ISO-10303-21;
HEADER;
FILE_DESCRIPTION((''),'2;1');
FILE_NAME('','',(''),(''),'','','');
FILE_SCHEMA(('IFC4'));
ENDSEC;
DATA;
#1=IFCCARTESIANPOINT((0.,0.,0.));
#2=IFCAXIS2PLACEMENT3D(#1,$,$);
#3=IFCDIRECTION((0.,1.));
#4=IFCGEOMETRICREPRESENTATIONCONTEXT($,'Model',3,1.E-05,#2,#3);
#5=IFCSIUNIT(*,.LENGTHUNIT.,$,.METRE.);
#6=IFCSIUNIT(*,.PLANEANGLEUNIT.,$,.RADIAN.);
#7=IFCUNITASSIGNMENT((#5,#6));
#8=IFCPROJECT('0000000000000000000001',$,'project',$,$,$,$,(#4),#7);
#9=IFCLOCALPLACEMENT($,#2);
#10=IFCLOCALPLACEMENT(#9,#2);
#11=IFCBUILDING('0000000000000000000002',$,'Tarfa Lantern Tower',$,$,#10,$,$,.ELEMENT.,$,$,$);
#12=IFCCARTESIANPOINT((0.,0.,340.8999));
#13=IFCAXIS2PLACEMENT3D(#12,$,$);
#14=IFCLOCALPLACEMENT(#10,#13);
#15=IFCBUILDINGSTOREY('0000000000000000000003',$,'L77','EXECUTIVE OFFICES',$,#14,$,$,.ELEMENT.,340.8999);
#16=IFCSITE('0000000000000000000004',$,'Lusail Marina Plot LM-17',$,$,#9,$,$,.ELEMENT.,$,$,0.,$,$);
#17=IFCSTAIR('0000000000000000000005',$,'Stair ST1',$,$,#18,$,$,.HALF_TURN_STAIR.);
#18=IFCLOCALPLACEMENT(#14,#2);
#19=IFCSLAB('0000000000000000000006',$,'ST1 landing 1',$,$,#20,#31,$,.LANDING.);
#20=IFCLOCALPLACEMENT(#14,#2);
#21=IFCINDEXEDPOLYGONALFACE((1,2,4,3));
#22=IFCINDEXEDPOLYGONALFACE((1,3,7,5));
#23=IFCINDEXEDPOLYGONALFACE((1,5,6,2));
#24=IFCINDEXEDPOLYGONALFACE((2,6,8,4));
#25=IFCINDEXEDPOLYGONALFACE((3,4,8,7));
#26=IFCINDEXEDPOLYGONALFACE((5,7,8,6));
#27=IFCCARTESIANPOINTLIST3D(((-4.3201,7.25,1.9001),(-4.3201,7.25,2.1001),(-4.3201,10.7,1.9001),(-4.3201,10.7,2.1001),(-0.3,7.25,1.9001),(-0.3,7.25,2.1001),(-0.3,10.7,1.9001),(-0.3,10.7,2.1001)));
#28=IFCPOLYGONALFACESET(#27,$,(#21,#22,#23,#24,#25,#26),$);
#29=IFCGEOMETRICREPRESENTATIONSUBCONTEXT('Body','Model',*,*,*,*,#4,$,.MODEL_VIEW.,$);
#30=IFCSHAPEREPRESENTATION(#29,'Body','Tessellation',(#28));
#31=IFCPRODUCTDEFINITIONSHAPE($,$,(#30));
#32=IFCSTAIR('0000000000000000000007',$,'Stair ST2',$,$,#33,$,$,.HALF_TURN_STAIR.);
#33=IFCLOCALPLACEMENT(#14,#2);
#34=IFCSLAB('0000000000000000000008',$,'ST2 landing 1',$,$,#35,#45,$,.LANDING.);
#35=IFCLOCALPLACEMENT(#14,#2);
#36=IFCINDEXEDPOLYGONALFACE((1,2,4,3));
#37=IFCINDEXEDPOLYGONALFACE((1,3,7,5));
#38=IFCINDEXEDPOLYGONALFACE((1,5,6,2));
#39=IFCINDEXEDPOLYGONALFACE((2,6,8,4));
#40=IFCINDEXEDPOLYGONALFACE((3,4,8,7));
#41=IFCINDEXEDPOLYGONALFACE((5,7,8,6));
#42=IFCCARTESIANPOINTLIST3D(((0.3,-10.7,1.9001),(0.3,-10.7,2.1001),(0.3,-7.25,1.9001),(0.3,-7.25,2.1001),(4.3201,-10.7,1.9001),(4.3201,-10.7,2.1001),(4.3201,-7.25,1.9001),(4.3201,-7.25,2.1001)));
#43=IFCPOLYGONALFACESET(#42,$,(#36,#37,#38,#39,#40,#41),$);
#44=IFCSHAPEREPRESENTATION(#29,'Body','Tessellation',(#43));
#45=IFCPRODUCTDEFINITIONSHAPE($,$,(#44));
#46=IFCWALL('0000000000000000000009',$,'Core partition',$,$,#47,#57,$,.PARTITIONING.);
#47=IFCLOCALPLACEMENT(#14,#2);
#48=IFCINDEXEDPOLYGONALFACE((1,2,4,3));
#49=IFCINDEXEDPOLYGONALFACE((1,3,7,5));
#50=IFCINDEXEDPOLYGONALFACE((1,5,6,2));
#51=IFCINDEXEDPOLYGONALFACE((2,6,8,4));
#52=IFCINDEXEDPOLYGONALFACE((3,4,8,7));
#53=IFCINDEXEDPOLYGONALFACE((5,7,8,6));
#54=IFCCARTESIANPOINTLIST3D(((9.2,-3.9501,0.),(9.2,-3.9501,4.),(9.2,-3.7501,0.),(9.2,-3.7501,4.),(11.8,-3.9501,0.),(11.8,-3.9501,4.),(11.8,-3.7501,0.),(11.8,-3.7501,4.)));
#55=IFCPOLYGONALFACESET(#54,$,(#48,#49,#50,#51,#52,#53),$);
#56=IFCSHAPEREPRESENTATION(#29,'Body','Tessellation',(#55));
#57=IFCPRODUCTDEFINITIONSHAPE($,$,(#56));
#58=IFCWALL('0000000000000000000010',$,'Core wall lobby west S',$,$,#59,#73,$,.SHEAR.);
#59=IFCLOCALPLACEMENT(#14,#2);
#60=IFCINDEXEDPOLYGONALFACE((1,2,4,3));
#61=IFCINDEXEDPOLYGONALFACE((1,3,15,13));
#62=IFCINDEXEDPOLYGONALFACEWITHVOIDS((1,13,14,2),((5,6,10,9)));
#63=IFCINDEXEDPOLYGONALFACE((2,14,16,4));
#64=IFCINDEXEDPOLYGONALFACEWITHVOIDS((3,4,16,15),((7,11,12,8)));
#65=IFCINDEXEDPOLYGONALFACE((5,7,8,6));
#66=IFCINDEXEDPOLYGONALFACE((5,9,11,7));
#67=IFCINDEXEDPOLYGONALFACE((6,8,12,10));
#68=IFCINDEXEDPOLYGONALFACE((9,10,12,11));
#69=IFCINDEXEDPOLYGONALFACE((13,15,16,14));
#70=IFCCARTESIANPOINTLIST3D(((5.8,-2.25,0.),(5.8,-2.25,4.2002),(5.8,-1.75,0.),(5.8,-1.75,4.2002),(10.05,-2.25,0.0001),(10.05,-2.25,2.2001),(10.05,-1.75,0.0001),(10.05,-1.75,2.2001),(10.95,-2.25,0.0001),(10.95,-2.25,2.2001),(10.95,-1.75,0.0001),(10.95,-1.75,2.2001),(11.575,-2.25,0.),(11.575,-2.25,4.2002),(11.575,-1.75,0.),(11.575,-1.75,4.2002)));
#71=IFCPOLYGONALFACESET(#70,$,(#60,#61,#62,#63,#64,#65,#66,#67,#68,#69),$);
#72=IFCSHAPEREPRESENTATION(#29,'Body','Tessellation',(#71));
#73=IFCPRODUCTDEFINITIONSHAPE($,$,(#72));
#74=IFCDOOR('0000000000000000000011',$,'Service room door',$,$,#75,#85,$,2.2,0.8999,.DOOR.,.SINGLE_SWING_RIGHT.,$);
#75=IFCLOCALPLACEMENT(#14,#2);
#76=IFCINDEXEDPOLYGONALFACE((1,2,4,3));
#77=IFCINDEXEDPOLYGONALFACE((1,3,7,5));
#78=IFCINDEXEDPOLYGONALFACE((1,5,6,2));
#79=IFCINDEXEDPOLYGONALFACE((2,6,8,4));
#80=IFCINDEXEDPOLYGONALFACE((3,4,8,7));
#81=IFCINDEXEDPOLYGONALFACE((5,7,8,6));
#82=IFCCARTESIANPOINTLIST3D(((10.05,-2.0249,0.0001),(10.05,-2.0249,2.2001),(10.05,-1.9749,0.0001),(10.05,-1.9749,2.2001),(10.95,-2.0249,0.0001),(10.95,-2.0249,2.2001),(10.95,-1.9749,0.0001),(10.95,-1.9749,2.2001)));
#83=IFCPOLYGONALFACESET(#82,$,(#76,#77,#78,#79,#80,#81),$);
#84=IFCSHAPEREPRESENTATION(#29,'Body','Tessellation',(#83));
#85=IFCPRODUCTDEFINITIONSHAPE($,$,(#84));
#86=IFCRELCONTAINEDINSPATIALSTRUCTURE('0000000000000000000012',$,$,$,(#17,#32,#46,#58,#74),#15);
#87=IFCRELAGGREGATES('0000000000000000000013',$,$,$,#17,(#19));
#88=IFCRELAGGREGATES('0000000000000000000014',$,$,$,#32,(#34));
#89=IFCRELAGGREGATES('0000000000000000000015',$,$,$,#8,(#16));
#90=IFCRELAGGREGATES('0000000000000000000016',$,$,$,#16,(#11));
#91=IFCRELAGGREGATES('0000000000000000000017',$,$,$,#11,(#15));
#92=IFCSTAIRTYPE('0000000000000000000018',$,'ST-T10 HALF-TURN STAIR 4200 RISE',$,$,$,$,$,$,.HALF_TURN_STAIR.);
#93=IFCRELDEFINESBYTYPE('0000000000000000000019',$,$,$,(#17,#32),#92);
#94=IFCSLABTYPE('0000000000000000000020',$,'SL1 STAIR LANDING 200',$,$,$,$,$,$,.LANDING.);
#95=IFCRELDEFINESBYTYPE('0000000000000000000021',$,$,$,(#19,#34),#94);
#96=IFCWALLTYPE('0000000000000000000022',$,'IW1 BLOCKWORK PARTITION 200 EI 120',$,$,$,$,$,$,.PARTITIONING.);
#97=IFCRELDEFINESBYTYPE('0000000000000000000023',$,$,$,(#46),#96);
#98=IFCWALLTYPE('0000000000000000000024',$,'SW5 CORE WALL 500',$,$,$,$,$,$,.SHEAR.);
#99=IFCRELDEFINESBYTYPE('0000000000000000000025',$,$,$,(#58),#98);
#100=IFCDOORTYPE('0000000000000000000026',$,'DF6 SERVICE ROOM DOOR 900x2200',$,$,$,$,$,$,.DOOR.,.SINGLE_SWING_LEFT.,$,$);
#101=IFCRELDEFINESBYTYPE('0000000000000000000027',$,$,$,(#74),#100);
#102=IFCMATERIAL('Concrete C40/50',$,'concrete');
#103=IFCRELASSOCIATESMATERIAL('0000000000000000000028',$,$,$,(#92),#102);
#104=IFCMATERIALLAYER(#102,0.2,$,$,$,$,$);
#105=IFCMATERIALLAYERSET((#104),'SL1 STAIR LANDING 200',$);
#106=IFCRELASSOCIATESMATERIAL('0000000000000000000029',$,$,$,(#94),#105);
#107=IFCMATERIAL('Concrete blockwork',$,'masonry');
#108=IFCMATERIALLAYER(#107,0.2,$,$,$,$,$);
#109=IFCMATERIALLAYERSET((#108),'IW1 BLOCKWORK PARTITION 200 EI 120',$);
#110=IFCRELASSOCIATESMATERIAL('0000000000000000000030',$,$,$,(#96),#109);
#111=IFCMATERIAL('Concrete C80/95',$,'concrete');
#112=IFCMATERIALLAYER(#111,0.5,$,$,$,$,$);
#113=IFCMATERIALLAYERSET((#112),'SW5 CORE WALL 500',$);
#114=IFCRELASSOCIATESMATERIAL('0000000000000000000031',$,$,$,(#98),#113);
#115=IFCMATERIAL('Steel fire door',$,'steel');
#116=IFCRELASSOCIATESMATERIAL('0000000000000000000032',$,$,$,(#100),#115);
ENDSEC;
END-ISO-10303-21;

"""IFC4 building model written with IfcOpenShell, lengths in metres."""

from ifc_helpers import new_model, si_unit, direction, frame, frame_2d, origin, place, context, subcontext, project, spatial, polyline, rectangle, outline, extrude, material, layer, layer_set, type_object, element, fill, aggregate, save


model = new_model("IFC4")

# Units and contexts
model_context = context("Model", 3, precision=1e-05, world=origin(), true_north=direction((0.0, 1.0)))
body_context = subcontext(model_context, "Body", "Model", "MODEL_VIEW")
ifc_project = project(units=[si_unit("LENGTHUNIT", "METRE"), si_unit("PLANEANGLEUNIT", "RADIAN")], contexts=[model_context])

# Site, building, storey
site_placement = place(None, origin())
site = spatial("IfcSite", under=ifc_project, at=site_placement, Name="Lusail Marina Plot LM-17", CompositionType="ELEMENT", RefElevation=0.0)
building_placement = place(site_placement, origin())
building = spatial("IfcBuilding", under=site, at=building_placement, Name="Tarfa Lantern Tower", CompositionType="ELEMENT")
storey_placement = place(building_placement, frame((0.0, 0.0, 340.8999)))
storey = spatial("IfcBuildingStorey", under=building, at=storey_placement, Name="L77", Description="EXECUTIVE OFFICES", CompositionType="ELEMENT", Elevation=340.8999)

# Stairs, slabs
ifc_material_1 = material(Name="Concrete C40/50", Category="concrete")
stair_type = type_object("IfcStairType", Name="ST-T10 HALF-TURN STAIR 4200 RISE", PredefinedType="HALF_TURN_STAIR", material=ifc_material_1)
stair_1_placement = place(storey_placement, origin())
stair_1 = element("IfcStair", 1, at=stair_1_placement, inside=storey, type_object=stair_type, Name="Stair ST1", PredefinedType="HALF_TURN_STAIR")
ifc_layer_1 = layer(ifc_material_1, 0.2)
ifc_layer_set_1 = layer_set([ifc_layer_1], Name="SL1 STAIR LANDING 200")
slab_type = type_object("IfcSlabType", Name="SL1 STAIR LANDING 200", PredefinedType="LANDING", material=ifc_layer_set_1)
slab_1_placement = place(storey_placement, frame((0.0, 0.0, 1.9001)))
slab_1 = element("IfcSlab", 2, at=slab_1_placement, type_object=slab_type, Name="ST1 landing 1", PredefinedType="LANDING", context=body_context, shape_type="SweptSolid", body=[
    extrude(outline(polyline([(-4.3201, 7.25), (-0.3, 7.25), (-0.3, 10.7), (-4.3201, 10.7), (-4.3201, 7.25)])), origin(), (0.0, 0.0, 1.0), 0.2),
])
aggregate(stair_1, [slab_1])
stair_2_placement = place(storey_placement, origin())
stair_2 = element("IfcStair", 3, at=stair_2_placement, inside=storey, type_object=stair_type, Name="Stair ST2", PredefinedType="HALF_TURN_STAIR")
slab_2_placement = place(storey_placement, frame((0.0, 0.0, 1.9001)))
slab_2 = element("IfcSlab", 4, at=slab_2_placement, type_object=slab_type, Name="ST2 landing 1", PredefinedType="LANDING", context=body_context, shape_type="SweptSolid", body=[
    extrude(outline(polyline([(4.3201, -7.25), (0.3, -7.25), (0.3, -10.7), (4.3201, -10.7), (4.3201, -7.25)])), origin(), (0.0, 0.0, 1.0), 0.2),
])
aggregate(stair_2, [slab_2])

# Wall
ifc_material_2 = material(Name="Concrete blockwork", Category="masonry")
ifc_layer_2 = layer(ifc_material_2, 0.2)
ifc_layer_set_2 = layer_set([ifc_layer_2], Name="IW1 BLOCKWORK PARTITION 200 EI 120")
wall_type_1 = type_object("IfcWallType", Name="IW1 BLOCKWORK PARTITION 200 EI 120", PredefinedType="PARTITIONING", material=ifc_layer_set_2)
wall_1_placement = place(storey_placement, frame((11.8, -3.8501, 0.0), z_axis=(0.0, 0.0, 1.0), x_axis=(-1.0, 0.0, 0.0)))
element("IfcWall", 5, at=wall_1_placement, inside=storey, type_object=wall_type_1, Name="Core partition", PredefinedType="PARTITIONING", context=body_context, shape_type="SweptSolid", body=[
    extrude(rectangle(XDim=2.6001, YDim=0.2, at=frame_2d((1.3, 0.0))), origin(), (0.0, 0.0, 1.0), 4.0),
])

# Wall, opening, door
ifc_material_3 = material(Name="Concrete C80/95", Category="concrete")
ifc_layer_3 = layer(ifc_material_3, 0.5)
ifc_layer_set_3 = layer_set([ifc_layer_3], Name="SW5 CORE WALL 500")
wall_type_2 = type_object("IfcWallType", Name="SW5 CORE WALL 500", PredefinedType="SHEAR", material=ifc_layer_set_3)
wall_2_placement = place(storey_placement, frame((11.575, -2.0, 0.0), z_axis=(0.0, 0.0, 1.0), x_axis=(-1.0, 0.0, 0.0)))
wall_2 = element("IfcWall", 6, at=wall_2_placement, inside=storey, type_object=wall_type_2, Name="Core wall lobby west S", PredefinedType="SHEAR", context=body_context, shape_type="SweptSolid", body=[
    extrude(rectangle(XDim=5.7749, YDim=0.5, at=frame_2d((2.8875, 0.0))), origin(), (0.0, 0.0, 1.0), 4.2002),
])
opening_1_placement = place(wall_2_placement, frame((0.625, 0.0, 0.0)))
opening_1 = element("IfcOpeningElement", 7, at=opening_1_placement, cuts=wall_2, PredefinedType="OPENING", context=body_context, shape_type="SweptSolid", body=[
    extrude(rectangle(XDim=0.8999, YDim=2.2, at=frame_2d((0.45, 1.1001))), frame((0.0, 0.26, 0.0), z_axis=(0.0, -1.0, 0.0), x_axis=(1.0, 0.0, 0.0)), (0.0, 0.0, 1.0), 0.52),
])
ifc_material_4 = material(Name="Steel fire door", Category="steel")
door_type_1 = type_object("IfcDoorType", Name="DF6 SERVICE ROOM DOOR 900x2200", OperationType="SINGLE_SWING_LEFT", PredefinedType="DOOR", material=ifc_material_4)
door_1_placement = place(opening_1_placement, origin())
door_1 = element("IfcDoor", 8, at=door_1_placement, inside=storey, type_object=door_type_1, Name="Service room door", OperationType="SINGLE_SWING_RIGHT", OverallHeight=2.2, OverallWidth=0.8999, PredefinedType="DOOR", context=body_context, shape_type="SweptSolid", body=[
    extrude(rectangle(XDim=0.8999, YDim=2.2, at=frame_2d((0.45, 1.1001))), frame((0.0, 0.0249, 0.0), z_axis=(0.0, -1.0, 0.0), x_axis=(1.0, 0.0, 0.0)), (0.0, 0.0, 1.0), 0.05),
])
fill(opening_1, door_1)

save(model, "model.ifc")
